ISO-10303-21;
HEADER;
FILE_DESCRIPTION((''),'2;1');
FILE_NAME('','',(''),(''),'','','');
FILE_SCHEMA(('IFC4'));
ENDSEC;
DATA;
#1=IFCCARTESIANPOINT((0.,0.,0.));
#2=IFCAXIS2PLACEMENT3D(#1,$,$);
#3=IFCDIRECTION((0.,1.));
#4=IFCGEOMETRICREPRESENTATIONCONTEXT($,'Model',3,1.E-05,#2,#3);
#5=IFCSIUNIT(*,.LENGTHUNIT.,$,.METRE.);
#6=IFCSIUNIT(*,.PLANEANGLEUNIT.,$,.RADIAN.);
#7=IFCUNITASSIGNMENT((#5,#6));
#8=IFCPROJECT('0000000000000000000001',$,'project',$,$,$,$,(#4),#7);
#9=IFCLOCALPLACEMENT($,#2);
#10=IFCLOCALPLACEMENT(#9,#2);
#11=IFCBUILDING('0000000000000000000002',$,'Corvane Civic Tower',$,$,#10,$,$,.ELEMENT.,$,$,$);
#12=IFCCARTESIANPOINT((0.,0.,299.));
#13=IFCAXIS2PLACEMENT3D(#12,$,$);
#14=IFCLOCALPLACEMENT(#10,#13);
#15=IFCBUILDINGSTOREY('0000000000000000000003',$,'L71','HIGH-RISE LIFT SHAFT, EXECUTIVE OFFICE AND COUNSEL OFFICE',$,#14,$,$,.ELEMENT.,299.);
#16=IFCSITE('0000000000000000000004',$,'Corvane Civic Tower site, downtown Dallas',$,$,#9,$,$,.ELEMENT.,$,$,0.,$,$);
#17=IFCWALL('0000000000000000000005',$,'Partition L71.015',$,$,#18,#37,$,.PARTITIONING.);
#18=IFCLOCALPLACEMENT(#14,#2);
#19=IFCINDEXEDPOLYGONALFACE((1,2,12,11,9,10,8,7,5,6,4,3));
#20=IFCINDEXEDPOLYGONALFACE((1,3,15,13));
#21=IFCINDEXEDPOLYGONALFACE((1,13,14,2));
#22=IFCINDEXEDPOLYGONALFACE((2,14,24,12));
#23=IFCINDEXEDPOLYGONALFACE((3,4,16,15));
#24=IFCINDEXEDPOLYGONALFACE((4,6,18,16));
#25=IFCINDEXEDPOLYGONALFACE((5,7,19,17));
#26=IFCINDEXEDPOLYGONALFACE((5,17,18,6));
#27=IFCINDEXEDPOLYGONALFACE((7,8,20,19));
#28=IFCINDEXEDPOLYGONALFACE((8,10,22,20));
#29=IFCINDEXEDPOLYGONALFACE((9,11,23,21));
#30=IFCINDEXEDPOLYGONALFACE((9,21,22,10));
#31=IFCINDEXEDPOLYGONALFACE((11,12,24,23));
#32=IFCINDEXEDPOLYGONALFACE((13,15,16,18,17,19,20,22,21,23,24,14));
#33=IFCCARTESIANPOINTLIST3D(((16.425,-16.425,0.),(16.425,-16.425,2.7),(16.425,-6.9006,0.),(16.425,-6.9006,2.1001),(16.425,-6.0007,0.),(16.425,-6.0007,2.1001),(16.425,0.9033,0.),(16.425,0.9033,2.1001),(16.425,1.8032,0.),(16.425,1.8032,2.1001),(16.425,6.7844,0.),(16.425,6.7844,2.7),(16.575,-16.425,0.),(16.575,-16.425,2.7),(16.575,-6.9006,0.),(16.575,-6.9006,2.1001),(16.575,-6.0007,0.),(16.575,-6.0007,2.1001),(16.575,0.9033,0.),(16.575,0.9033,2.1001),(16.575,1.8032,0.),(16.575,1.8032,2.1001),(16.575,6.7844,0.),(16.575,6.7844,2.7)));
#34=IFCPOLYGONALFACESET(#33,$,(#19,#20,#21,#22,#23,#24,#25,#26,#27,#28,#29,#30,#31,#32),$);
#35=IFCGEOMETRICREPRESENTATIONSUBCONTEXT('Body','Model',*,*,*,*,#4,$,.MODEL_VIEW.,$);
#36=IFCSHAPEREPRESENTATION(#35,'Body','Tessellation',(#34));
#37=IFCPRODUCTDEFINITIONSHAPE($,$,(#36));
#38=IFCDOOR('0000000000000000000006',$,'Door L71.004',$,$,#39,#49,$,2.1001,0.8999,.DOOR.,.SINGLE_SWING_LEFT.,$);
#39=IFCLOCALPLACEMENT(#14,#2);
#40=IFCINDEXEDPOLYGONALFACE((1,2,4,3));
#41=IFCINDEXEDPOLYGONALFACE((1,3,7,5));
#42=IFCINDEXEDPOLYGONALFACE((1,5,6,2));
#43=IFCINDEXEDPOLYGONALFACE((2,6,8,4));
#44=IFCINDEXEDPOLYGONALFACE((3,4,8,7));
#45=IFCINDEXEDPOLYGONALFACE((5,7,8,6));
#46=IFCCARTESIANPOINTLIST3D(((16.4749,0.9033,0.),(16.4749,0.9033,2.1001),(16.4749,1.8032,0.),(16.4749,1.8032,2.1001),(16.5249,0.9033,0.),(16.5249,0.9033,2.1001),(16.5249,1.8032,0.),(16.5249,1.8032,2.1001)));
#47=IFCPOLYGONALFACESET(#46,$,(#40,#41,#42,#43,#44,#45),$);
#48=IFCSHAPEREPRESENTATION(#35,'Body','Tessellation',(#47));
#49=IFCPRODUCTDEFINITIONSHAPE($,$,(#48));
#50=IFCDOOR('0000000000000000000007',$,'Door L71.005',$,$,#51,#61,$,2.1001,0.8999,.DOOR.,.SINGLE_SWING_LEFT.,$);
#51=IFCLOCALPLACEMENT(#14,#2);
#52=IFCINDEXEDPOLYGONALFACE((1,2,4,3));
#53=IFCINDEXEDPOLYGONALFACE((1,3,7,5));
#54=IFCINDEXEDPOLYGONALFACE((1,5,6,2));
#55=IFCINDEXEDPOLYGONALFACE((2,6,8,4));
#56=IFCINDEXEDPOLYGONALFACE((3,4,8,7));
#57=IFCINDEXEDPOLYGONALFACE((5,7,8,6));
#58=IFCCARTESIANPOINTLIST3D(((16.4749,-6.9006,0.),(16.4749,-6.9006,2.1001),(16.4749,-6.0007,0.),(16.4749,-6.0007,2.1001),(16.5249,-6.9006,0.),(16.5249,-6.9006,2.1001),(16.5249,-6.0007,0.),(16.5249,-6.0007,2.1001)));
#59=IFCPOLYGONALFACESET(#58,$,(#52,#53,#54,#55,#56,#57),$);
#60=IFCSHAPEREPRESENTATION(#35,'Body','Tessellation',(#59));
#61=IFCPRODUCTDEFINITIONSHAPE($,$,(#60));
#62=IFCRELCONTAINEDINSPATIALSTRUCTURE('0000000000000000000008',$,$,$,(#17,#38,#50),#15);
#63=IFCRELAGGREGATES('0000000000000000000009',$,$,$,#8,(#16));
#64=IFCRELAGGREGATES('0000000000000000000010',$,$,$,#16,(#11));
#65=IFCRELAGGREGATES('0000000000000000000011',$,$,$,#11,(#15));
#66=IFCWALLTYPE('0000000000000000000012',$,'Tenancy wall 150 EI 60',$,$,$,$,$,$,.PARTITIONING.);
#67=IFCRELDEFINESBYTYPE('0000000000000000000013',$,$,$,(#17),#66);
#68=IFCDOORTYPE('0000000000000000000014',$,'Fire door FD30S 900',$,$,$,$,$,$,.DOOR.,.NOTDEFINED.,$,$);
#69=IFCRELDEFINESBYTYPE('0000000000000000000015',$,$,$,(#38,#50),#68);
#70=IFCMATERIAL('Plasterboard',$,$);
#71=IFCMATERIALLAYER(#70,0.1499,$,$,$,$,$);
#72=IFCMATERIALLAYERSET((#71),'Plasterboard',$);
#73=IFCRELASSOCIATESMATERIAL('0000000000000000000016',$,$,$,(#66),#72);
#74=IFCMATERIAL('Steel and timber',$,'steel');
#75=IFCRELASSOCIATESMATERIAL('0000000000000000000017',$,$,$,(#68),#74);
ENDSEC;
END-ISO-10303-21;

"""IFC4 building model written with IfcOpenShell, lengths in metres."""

from ifc_helpers import new_model, si_unit, direction, frame, frame_2d, origin, place, context, subcontext, project, spatial, rectangle, extrude, material, layer, layer_set, type_object, element, fill, save


model = new_model("IFC4")

# Units and contexts
model_context = context("Model", 3, precision=1e-05, world=origin(), true_north=direction((0.0, 1.0)))
body_context = subcontext(model_context, "Body", "Model", "MODEL_VIEW")
ifc_project = project(units=[si_unit("LENGTHUNIT", "METRE"), si_unit("PLANEANGLEUNIT", "RADIAN")], contexts=[model_context])

# Site, building, storey
site_placement = place(None, origin())
site = spatial("IfcSite", under=ifc_project, at=site_placement, Name="Corvane Civic Tower site, downtown Dallas", CompositionType="ELEMENT", RefElevation=0.0)
building_placement = place(site_placement, origin())
building = spatial("IfcBuilding", under=site, at=building_placement, Name="Corvane Civic Tower", CompositionType="ELEMENT")
storey_placement = place(building_placement, frame((0.0, 0.0, 299.0)))
storey = spatial("IfcBuildingStorey", under=building, at=storey_placement, Name="L71", Description="HIGH-RISE LIFT SHAFT, EXECUTIVE OFFICE AND COUNSEL OFFICE", CompositionType="ELEMENT", Elevation=299.0)

# Wall, openings, doors
ifc_material_1 = material(Name="Plasterboard")
ifc_layer_1 = layer(ifc_material_1, 0.1499)
ifc_layer_set_1 = layer_set([ifc_layer_1], Name="Plasterboard")
wall_type_1 = type_object("IfcWallType", Name="Tenancy wall 150 EI 60", PredefinedType="PARTITIONING", material=ifc_layer_set_1)
wall_1_placement = place(storey_placement, frame((16.5, -16.425, 0.0), z_axis=(0.0, 0.0, 1.0), x_axis=(0.0, 1.0, 0.0)))
wall_1 = element("IfcWall", 1, at=wall_1_placement, inside=storey, type_object=wall_type_1, Name="Partition L71.015", PredefinedType="PARTITIONING", context=body_context, shape_type="SweptSolid", body=[
    extrude(rectangle(XDim=23.2095, YDim=0.1499, at=frame_2d((11.6047, 0.0))), origin(), (0.0, 0.0, 1.0), 2.7),
])
opening_1_placement = place(wall_1_placement, frame((17.3284, 0.0, 0.0)))
opening_1 = element("IfcOpeningElement", 2, at=opening_1_placement, cuts=wall_1, PredefinedType="OPENING", context=body_context, shape_type="SweptSolid", body=[
    extrude(rectangle(XDim=0.8999, YDim=2.1001, at=frame_2d((0.45, 1.05))), frame((0.0, 0.085, 0.0), z_axis=(0.0, -1.0, 0.0), x_axis=(1.0, 0.0, 0.0)), (0.0, 0.0, 1.0), 0.1699),
])
opening_2_placement = place(wall_1_placement, frame((9.5244, 0.0, 0.0)))
opening_2 = element("IfcOpeningElement", 3, at=opening_2_placement, cuts=wall_1, PredefinedType="OPENING", context=body_context, shape_type="SweptSolid", body=[
    extrude(rectangle(XDim=0.8999, YDim=2.1001, at=frame_2d((0.45, 1.05))), frame((0.0, 0.085, 0.0), z_axis=(0.0, -1.0, 0.0), x_axis=(1.0, 0.0, 0.0)), (0.0, 0.0, 1.0), 0.1699),
])
ifc_material_2 = material(Name="Steel and timber", Category="steel")
door_type_1 = type_object("IfcDoorType", Name="Fire door FD30S 900", OperationType="NOTDEFINED", PredefinedType="DOOR", material=ifc_material_2)
door_1_placement = place(opening_1_placement, frame((0.8999, 0.0, 0.0), z_axis=(0.0, 0.0, 1.0), x_axis=(-1.0, 0.0, 0.0)))
door_1 = element("IfcDoor", 4, at=door_1_placement, inside=storey, type_object=door_type_1, Name="Door L71.004", OperationType="SINGLE_SWING_LEFT", OverallHeight=2.1001, OverallWidth=0.8999, PredefinedType="DOOR", context=body_context, shape_type="SweptSolid", body=[
    extrude(rectangle(XDim=0.8999, YDim=2.1001, at=frame_2d((0.45, 1.05))), frame((0.0, 0.0249, 0.0), z_axis=(0.0, -1.0, 0.0), x_axis=(1.0, 0.0, 0.0)), (0.0, 0.0, 1.0), 0.05),
])
fill(opening_1, door_1)
door_2_placement = place(opening_2_placement, frame((0.8999, 0.0, 0.0), z_axis=(0.0, 0.0, 1.0), x_axis=(-1.0, 0.0, 0.0)))
door_2 = element("IfcDoor", 5, at=door_2_placement, inside=storey, type_object=door_type_1, Name="Door L71.005", OperationType="SINGLE_SWING_LEFT", OverallHeight=2.1001, OverallWidth=0.8999, PredefinedType="DOOR", context=body_context, shape_type="SweptSolid", body=[
    extrude(rectangle(XDim=0.8999, YDim=2.1001, at=frame_2d((0.45, 1.05))), frame((0.0, 0.0249, 0.0), z_axis=(0.0, -1.0, 0.0), x_axis=(1.0, 0.0, 0.0)), (0.0, 0.0, 1.0), 0.05),
])
fill(opening_2, door_2)

save(model, "model.ifc")
